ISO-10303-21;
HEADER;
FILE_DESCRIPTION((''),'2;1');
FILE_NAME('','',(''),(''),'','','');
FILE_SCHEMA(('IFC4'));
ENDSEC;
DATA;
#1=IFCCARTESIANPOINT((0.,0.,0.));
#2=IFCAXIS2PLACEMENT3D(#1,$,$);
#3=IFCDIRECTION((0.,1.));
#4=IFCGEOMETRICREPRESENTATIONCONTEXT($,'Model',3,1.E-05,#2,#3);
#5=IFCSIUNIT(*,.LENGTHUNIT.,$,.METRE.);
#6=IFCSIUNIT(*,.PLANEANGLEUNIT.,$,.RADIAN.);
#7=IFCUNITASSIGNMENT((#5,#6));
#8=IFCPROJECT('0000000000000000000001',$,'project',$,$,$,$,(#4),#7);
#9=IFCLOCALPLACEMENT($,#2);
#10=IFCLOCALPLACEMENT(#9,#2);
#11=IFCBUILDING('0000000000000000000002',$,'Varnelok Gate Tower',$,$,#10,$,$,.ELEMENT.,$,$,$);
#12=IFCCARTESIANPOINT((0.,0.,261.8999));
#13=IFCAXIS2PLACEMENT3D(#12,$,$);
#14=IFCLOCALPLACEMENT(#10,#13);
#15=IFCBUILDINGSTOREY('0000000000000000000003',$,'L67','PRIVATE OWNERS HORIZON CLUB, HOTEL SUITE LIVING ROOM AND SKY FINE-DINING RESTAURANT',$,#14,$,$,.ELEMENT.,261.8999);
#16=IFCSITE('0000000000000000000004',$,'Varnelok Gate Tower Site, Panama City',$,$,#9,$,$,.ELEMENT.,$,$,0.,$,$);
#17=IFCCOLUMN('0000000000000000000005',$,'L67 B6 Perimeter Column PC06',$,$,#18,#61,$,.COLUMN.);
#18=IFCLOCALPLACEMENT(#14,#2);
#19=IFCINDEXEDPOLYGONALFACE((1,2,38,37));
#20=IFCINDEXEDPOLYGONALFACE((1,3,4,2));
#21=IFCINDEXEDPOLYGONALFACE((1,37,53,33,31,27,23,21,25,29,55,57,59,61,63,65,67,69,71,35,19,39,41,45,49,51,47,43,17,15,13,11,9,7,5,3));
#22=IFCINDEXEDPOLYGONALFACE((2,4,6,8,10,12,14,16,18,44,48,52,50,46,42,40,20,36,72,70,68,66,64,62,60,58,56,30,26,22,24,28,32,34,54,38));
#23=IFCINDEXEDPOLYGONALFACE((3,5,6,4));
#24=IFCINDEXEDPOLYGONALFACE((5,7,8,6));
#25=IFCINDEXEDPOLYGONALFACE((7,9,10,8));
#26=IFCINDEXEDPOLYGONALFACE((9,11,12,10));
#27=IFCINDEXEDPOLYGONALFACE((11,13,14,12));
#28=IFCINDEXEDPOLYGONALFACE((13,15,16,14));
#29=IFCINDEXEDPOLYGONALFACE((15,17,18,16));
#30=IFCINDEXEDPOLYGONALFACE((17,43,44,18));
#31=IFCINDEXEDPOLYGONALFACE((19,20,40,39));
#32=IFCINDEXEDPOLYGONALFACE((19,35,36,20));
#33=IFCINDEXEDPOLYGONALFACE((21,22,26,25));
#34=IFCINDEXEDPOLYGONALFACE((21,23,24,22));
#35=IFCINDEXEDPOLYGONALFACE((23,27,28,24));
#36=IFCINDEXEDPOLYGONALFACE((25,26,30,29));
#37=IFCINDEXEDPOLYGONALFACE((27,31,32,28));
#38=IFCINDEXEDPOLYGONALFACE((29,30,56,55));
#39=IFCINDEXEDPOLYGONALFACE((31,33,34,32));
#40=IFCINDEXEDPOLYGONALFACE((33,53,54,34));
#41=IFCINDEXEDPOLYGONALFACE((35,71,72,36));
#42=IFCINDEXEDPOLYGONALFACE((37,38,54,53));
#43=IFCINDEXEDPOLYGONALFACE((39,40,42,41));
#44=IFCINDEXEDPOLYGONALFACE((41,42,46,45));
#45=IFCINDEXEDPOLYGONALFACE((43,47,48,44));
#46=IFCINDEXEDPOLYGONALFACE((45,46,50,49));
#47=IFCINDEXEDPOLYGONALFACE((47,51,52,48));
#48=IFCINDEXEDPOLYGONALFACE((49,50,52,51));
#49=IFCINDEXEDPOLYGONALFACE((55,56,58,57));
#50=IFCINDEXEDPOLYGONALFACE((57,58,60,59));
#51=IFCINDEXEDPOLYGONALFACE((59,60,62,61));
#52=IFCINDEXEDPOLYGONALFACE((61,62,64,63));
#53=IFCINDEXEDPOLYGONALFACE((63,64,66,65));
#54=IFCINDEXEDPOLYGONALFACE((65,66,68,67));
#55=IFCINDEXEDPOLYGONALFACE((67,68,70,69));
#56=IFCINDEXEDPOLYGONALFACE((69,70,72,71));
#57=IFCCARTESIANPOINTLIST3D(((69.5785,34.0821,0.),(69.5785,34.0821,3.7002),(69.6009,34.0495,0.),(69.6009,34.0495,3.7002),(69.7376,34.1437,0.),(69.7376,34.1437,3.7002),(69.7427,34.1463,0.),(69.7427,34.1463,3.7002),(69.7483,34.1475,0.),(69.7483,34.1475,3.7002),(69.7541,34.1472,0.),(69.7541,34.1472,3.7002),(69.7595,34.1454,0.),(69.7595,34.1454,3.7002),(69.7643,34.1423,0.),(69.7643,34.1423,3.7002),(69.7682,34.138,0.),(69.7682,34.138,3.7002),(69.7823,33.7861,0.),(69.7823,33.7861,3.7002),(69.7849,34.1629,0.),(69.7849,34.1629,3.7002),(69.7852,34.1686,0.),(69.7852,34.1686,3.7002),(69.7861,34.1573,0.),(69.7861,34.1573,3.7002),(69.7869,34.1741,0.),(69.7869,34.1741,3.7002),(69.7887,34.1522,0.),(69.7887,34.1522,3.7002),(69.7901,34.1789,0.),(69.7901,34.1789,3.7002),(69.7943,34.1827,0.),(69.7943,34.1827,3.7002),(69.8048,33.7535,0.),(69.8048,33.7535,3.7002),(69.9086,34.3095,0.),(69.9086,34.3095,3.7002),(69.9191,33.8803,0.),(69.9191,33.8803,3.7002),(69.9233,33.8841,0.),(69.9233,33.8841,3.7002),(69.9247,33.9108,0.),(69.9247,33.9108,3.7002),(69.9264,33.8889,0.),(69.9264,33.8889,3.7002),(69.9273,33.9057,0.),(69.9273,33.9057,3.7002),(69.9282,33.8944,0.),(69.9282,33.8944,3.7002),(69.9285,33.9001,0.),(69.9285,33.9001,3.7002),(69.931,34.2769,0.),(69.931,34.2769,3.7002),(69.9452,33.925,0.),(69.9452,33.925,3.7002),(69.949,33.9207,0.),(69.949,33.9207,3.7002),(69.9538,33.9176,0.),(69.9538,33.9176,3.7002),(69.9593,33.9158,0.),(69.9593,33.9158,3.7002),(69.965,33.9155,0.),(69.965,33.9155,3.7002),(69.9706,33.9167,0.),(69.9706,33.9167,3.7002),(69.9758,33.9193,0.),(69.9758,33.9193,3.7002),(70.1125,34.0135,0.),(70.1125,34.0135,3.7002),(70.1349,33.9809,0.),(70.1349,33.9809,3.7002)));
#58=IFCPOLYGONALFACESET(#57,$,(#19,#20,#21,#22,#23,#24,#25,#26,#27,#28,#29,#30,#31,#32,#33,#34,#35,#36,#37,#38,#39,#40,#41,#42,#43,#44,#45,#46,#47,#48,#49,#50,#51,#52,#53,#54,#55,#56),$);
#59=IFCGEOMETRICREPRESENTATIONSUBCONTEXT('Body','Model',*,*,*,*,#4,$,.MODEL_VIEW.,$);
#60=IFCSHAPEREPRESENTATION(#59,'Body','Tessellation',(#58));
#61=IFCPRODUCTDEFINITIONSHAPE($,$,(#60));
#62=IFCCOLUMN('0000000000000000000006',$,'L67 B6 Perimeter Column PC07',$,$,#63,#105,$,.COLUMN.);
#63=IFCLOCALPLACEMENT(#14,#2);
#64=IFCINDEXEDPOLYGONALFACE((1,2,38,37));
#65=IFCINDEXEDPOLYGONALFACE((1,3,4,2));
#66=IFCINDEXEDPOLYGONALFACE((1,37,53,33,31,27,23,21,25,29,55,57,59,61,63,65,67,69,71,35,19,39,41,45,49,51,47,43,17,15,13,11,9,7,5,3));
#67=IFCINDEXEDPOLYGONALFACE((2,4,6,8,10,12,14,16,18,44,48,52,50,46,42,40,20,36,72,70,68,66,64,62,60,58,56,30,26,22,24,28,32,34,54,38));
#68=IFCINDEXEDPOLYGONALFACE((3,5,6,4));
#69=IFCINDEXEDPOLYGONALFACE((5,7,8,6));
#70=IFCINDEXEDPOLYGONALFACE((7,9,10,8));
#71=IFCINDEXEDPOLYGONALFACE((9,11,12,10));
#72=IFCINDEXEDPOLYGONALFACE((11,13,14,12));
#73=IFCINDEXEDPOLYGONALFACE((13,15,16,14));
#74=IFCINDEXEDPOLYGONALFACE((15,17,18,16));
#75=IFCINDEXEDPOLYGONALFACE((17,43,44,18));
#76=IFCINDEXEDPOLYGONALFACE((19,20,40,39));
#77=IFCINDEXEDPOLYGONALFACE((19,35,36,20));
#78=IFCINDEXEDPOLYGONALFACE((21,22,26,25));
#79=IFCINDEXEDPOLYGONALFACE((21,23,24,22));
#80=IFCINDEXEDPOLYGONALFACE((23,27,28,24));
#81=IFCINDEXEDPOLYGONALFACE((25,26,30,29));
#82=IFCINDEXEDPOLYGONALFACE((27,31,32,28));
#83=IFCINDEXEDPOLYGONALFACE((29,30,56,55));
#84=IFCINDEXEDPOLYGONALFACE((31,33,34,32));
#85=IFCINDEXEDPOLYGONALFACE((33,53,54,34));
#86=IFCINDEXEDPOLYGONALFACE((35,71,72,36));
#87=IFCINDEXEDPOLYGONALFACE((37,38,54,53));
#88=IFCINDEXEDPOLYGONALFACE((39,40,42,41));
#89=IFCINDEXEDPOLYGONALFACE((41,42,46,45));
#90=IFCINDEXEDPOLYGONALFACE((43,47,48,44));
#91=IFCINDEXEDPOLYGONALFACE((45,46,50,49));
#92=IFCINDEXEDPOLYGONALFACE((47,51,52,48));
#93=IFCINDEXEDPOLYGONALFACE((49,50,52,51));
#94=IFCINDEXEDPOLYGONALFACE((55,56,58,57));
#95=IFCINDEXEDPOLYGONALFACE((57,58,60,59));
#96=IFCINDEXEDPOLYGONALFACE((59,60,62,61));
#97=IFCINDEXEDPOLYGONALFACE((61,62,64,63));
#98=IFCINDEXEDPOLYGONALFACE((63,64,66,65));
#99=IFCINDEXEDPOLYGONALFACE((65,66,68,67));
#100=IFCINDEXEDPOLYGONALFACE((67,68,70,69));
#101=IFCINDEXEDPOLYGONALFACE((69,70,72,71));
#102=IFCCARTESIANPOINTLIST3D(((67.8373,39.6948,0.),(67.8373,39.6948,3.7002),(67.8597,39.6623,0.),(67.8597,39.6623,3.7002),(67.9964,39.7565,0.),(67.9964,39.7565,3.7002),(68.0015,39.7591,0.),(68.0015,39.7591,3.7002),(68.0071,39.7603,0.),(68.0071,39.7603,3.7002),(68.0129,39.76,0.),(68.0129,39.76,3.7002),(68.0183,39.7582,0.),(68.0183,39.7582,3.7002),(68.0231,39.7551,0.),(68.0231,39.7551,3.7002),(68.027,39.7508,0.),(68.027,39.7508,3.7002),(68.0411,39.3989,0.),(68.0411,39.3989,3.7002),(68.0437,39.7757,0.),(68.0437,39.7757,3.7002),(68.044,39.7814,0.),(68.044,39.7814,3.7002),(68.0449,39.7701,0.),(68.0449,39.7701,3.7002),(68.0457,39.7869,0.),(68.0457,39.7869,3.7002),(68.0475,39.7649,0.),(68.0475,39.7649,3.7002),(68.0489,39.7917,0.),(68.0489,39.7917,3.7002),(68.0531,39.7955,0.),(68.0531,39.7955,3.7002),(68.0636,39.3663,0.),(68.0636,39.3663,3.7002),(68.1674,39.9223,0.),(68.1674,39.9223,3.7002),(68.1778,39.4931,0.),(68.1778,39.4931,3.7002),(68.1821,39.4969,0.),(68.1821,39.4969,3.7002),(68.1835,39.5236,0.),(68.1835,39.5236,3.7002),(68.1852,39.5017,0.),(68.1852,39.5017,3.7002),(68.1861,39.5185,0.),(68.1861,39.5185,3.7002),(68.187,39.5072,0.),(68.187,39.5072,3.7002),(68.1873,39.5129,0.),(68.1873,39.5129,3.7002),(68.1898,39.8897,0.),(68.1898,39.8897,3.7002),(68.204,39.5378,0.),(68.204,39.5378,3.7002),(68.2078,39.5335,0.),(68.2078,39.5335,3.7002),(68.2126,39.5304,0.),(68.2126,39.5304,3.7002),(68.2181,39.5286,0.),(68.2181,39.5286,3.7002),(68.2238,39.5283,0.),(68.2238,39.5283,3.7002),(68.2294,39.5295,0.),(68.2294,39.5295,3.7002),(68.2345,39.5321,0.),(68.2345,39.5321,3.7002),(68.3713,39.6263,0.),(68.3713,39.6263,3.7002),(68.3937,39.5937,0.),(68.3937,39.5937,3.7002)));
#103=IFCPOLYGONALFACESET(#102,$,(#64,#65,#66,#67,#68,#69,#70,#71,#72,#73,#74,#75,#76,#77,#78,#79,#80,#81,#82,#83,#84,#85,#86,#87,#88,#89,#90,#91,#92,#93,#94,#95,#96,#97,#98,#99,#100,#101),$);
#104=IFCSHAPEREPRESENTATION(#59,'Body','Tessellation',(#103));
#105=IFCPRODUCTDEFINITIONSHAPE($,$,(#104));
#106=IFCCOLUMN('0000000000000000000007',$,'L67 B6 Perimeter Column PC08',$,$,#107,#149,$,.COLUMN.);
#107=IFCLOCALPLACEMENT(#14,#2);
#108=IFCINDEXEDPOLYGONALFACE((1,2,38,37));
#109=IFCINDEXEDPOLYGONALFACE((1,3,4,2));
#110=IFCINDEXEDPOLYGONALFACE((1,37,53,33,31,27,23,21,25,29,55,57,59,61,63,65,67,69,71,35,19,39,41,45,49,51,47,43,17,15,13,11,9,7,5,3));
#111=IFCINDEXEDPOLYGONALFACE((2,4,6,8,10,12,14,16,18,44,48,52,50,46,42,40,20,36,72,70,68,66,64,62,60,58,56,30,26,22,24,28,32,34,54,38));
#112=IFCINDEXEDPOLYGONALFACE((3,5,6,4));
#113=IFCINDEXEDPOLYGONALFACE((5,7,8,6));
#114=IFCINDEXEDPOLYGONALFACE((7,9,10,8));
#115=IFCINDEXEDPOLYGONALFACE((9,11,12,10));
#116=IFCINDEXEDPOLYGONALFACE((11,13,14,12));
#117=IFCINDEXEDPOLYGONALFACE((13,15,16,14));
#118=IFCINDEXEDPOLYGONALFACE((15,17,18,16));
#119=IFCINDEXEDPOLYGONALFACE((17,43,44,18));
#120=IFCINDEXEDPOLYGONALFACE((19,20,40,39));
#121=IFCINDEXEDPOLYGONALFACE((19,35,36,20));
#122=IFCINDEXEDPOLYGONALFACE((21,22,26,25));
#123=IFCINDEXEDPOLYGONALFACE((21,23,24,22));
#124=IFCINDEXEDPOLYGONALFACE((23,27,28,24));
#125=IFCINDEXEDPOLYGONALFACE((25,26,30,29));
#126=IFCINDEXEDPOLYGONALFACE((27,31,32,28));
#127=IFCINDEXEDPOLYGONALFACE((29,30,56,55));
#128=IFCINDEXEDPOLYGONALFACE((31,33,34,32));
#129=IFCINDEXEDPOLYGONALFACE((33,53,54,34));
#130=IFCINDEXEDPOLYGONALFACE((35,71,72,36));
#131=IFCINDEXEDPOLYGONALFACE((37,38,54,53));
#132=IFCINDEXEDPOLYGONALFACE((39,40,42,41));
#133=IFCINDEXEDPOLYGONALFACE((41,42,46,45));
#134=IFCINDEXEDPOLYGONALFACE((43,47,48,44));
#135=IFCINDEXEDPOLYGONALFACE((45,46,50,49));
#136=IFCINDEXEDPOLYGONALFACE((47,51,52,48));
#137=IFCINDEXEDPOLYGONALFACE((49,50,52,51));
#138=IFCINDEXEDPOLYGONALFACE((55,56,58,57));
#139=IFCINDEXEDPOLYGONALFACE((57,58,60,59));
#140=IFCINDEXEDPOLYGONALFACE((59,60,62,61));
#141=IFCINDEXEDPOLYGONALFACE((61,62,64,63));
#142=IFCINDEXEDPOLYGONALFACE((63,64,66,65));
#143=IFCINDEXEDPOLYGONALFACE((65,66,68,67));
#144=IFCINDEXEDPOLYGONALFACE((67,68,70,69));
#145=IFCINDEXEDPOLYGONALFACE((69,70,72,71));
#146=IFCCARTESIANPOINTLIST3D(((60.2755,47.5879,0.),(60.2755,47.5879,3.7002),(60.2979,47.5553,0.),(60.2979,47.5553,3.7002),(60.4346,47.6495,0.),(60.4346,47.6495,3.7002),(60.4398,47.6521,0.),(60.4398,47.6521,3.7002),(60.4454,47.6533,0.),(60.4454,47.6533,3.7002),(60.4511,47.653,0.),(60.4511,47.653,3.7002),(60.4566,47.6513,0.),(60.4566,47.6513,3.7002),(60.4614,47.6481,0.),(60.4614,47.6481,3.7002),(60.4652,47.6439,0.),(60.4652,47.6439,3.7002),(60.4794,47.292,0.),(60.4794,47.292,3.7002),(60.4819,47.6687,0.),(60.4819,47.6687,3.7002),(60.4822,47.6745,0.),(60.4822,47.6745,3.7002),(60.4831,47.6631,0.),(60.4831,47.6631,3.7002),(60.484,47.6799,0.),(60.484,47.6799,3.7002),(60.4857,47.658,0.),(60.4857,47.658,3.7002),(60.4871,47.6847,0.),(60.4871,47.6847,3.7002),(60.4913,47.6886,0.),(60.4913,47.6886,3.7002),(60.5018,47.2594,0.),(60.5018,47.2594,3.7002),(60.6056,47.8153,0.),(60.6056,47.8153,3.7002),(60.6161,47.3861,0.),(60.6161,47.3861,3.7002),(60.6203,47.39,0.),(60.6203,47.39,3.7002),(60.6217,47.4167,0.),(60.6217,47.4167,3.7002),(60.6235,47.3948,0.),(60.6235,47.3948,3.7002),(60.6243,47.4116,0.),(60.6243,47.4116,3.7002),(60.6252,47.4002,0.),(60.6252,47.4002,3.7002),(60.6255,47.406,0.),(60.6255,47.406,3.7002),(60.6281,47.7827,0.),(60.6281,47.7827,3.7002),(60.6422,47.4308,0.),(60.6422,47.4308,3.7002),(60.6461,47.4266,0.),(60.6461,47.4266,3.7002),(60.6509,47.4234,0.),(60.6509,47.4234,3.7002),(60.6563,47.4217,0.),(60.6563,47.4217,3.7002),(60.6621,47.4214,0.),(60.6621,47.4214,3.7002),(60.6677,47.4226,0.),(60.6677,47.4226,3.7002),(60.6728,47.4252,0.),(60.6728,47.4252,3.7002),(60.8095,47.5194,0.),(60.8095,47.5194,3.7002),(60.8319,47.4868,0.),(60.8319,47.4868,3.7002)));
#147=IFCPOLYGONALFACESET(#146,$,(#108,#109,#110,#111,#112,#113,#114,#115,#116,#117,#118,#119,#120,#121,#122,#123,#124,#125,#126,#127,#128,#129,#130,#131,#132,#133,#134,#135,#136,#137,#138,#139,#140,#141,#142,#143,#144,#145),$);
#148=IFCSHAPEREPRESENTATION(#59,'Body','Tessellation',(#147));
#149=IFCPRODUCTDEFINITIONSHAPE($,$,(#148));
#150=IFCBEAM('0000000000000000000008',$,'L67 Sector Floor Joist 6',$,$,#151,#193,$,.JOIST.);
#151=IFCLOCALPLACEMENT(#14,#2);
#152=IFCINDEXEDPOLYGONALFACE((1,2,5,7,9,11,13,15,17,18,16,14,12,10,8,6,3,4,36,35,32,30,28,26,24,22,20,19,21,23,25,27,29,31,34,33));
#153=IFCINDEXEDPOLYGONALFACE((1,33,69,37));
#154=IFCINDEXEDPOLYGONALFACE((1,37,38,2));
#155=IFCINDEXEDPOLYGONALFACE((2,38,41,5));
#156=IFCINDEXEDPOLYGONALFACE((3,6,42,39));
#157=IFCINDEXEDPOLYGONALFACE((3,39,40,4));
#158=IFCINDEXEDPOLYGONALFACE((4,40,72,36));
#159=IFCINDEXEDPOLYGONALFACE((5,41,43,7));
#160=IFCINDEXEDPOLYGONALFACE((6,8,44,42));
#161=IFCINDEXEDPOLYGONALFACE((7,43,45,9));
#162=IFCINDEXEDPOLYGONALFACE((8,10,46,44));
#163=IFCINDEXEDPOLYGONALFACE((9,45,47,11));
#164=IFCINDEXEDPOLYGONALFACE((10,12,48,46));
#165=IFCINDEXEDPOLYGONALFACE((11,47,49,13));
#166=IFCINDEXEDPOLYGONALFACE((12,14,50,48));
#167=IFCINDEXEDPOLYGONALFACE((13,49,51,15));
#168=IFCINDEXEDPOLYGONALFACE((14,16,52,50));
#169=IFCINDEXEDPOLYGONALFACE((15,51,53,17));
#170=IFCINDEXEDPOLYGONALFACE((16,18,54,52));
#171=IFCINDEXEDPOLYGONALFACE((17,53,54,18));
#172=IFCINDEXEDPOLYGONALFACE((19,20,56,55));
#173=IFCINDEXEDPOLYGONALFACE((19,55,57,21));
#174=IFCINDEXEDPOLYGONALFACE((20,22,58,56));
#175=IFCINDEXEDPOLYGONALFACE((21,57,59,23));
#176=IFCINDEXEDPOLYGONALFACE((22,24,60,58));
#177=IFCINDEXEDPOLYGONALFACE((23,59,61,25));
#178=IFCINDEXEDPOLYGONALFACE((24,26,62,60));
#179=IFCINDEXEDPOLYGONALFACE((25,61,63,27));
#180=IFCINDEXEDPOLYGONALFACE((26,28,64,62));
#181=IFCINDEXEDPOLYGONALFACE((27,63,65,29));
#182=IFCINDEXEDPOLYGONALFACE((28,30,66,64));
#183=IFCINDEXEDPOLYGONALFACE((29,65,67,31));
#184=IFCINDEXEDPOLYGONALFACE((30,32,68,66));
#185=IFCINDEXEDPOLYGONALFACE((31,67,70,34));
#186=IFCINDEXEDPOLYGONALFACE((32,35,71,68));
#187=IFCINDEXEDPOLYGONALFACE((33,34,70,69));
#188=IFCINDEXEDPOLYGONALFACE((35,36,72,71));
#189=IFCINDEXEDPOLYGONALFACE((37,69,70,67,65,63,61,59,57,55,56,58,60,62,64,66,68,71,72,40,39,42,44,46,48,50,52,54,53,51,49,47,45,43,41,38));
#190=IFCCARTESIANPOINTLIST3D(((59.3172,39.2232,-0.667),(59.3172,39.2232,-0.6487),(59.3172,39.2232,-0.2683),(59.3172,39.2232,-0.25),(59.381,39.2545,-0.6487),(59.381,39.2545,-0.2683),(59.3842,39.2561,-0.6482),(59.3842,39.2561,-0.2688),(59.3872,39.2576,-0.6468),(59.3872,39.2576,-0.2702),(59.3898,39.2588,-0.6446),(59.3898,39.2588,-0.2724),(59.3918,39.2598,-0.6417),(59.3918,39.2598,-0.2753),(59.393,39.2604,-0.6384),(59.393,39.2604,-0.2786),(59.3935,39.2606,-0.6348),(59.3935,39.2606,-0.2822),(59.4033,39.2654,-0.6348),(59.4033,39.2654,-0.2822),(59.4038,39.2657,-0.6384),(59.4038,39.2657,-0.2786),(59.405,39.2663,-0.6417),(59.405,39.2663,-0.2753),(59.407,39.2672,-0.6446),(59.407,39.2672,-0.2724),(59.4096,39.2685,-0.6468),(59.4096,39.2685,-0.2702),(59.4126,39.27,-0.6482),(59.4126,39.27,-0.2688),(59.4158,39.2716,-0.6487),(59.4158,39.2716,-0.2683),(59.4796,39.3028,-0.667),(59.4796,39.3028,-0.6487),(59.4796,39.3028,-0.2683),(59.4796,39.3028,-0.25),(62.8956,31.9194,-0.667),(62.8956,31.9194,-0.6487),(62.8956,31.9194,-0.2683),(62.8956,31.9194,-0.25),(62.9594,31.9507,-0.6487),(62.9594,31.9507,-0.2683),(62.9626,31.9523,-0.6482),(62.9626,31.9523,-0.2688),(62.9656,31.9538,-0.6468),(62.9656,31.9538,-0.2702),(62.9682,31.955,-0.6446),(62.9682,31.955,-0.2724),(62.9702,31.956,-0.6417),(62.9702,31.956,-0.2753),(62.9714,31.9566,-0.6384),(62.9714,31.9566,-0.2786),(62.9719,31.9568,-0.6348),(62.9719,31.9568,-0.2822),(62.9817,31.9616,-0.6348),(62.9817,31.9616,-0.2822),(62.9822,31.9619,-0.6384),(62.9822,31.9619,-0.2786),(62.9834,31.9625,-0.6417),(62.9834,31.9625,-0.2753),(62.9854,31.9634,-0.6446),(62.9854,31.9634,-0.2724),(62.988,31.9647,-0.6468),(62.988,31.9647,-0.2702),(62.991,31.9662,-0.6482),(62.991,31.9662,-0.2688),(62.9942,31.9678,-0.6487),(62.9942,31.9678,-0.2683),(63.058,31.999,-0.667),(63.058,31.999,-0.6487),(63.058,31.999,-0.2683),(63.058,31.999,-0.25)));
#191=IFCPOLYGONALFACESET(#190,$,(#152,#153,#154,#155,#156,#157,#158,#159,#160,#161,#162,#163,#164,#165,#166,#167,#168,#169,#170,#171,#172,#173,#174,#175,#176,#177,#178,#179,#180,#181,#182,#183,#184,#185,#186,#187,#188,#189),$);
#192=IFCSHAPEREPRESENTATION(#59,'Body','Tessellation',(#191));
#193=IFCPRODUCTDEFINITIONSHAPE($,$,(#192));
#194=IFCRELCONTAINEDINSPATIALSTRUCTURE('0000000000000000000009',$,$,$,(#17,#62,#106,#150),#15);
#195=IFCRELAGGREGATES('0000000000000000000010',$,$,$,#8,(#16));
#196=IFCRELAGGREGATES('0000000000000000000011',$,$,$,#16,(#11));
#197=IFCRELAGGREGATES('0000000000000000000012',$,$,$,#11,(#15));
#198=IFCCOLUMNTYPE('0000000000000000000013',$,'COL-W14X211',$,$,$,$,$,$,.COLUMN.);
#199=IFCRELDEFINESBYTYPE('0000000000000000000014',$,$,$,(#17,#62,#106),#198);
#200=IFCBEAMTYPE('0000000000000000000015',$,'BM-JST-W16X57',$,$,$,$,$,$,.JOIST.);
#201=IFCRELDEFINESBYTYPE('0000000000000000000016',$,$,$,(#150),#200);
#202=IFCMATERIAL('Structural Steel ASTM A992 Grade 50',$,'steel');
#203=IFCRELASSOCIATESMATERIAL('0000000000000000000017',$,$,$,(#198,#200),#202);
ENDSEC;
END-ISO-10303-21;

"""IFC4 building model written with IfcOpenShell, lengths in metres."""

from ifc_helpers import new_model, si_unit, direction, frame, origin, origin_2d, place, context, subcontext, project, spatial, i_section, extrude, material, material_profile, profile_set, type_object, element, save


model = new_model("IFC4")

# Units and contexts
model_context = context("Model", 3, precision=1e-05, world=origin(), true_north=direction((0.0, 1.0)))
body_context = subcontext(model_context, "Body", "Model", "MODEL_VIEW")
ifc_project = project(units=[si_unit("LENGTHUNIT", "METRE"), si_unit("PLANEANGLEUNIT", "RADIAN")], contexts=[model_context])

# Site, building, storey
site_placement = place(None, origin())
site = spatial("IfcSite", under=ifc_project, at=site_placement, Name="Varnelok Gate Tower Site, Panama City", CompositionType="ELEMENT", RefElevation=0.0)
building_placement = place(site_placement, origin())
building = spatial("IfcBuilding", under=site, at=building_placement, Name="Varnelok Gate Tower", CompositionType="ELEMENT")
storey_placement = place(building_placement, frame((0.0, 0.0, 261.8999)))
storey = spatial("IfcBuildingStorey", under=building, at=storey_placement, Name="L67", Description="PRIVATE OWNERS HORIZON CLUB, HOTEL SUITE LIVING ROOM AND SKY FINE-DINING RESTAURANT", CompositionType="ELEMENT", Elevation=261.8999)

# Columns
ifc_material_1 = material(Name="Structural Steel ASTM A992 Grade 50", Category="steel")
ifc_material_profile_1 = material_profile(ifc_material_1, i_section(OverallWidth=0.4009, OverallDepth=0.3989, WebThickness=0.0249, FlangeThickness=0.0396, FilletRadius=0.022, at=origin_2d()), Name="W14X211")
ifc_profile_set_1 = profile_set([ifc_material_profile_1], Name="Structural Steel ASTM A992 Grade 50")
column_type = type_object("IfcColumnType", Name="COL-W14X211", PredefinedType="COLUMN", material=ifc_profile_set_1)
for number, where, z_axis, x_axis, name in (
    (1, (69.8567, 34.0315, 0.0), (0.0, 0.0, 1.0), (0.823533, 0.567269, 0.0), "L67 B6 Perimeter Column PC06"),
    (2, (68.1155, 39.6443, 0.0), (0.0, 0.0, 1.0), (0.823533, 0.567269, 0.0), "L67 B6 Perimeter Column PC07"),
    (3, (60.5537, 47.5374, 0.0), (0.0, 0.0, 1.0), (0.823533, 0.567269, 0.0), "L67 B6 Perimeter Column PC08"),
):
    element("IfcColumn", number, at=place(storey_placement, frame(where, z_axis=z_axis, x_axis=x_axis)), inside=storey, type_object=column_type, Name=name, PredefinedType="COLUMN", context=body_context, shape_type="SweptSolid", body=[
        extrude(i_section(OverallWidth=0.4009, OverallDepth=0.3989, WebThickness=0.0249, FlangeThickness=0.0396, FilletRadius=0.022, at=origin_2d()), origin(), (0.0, 0.0, 1.0), 3.7002),
    ])

# Beam
ifc_material_profile_2 = material_profile(ifc_material_1, i_section(OverallWidth=0.1809, OverallDepth=0.417, WebThickness=0.011, FlangeThickness=0.0183, FilletRadius=0.0139, at=origin_2d()), Name="W16X57")
ifc_profile_set_2 = profile_set([ifc_material_profile_2], Name="Structural Steel ASTM A992 Grade 50")
beam_type_1 = type_object("IfcBeamType", Name="BM-JST-W16X57", PredefinedType="JOIST", material=ifc_profile_set_2)
beam_1_placement = place(storey_placement, frame((62.9768, 31.9592, -0.4585), z_axis=(-0.439971, 0.898012, 0.0), x_axis=(-0.898012, -0.439971, 0.0)))
element("IfcBeam", 4, at=beam_1_placement, inside=storey, type_object=beam_type_1, Name="L67 Sector Floor Joist 6", PredefinedType="JOIST", context=body_context, shape_type="SweptSolid", body=[
    extrude(i_section(OverallWidth=0.1809, OverallDepth=0.417, WebThickness=0.011, FlangeThickness=0.0183, FilletRadius=0.0139, at=origin_2d()), origin(), (0.0, 0.0, 1.0), 8.1333),
])

save(model, "model.ifc")
